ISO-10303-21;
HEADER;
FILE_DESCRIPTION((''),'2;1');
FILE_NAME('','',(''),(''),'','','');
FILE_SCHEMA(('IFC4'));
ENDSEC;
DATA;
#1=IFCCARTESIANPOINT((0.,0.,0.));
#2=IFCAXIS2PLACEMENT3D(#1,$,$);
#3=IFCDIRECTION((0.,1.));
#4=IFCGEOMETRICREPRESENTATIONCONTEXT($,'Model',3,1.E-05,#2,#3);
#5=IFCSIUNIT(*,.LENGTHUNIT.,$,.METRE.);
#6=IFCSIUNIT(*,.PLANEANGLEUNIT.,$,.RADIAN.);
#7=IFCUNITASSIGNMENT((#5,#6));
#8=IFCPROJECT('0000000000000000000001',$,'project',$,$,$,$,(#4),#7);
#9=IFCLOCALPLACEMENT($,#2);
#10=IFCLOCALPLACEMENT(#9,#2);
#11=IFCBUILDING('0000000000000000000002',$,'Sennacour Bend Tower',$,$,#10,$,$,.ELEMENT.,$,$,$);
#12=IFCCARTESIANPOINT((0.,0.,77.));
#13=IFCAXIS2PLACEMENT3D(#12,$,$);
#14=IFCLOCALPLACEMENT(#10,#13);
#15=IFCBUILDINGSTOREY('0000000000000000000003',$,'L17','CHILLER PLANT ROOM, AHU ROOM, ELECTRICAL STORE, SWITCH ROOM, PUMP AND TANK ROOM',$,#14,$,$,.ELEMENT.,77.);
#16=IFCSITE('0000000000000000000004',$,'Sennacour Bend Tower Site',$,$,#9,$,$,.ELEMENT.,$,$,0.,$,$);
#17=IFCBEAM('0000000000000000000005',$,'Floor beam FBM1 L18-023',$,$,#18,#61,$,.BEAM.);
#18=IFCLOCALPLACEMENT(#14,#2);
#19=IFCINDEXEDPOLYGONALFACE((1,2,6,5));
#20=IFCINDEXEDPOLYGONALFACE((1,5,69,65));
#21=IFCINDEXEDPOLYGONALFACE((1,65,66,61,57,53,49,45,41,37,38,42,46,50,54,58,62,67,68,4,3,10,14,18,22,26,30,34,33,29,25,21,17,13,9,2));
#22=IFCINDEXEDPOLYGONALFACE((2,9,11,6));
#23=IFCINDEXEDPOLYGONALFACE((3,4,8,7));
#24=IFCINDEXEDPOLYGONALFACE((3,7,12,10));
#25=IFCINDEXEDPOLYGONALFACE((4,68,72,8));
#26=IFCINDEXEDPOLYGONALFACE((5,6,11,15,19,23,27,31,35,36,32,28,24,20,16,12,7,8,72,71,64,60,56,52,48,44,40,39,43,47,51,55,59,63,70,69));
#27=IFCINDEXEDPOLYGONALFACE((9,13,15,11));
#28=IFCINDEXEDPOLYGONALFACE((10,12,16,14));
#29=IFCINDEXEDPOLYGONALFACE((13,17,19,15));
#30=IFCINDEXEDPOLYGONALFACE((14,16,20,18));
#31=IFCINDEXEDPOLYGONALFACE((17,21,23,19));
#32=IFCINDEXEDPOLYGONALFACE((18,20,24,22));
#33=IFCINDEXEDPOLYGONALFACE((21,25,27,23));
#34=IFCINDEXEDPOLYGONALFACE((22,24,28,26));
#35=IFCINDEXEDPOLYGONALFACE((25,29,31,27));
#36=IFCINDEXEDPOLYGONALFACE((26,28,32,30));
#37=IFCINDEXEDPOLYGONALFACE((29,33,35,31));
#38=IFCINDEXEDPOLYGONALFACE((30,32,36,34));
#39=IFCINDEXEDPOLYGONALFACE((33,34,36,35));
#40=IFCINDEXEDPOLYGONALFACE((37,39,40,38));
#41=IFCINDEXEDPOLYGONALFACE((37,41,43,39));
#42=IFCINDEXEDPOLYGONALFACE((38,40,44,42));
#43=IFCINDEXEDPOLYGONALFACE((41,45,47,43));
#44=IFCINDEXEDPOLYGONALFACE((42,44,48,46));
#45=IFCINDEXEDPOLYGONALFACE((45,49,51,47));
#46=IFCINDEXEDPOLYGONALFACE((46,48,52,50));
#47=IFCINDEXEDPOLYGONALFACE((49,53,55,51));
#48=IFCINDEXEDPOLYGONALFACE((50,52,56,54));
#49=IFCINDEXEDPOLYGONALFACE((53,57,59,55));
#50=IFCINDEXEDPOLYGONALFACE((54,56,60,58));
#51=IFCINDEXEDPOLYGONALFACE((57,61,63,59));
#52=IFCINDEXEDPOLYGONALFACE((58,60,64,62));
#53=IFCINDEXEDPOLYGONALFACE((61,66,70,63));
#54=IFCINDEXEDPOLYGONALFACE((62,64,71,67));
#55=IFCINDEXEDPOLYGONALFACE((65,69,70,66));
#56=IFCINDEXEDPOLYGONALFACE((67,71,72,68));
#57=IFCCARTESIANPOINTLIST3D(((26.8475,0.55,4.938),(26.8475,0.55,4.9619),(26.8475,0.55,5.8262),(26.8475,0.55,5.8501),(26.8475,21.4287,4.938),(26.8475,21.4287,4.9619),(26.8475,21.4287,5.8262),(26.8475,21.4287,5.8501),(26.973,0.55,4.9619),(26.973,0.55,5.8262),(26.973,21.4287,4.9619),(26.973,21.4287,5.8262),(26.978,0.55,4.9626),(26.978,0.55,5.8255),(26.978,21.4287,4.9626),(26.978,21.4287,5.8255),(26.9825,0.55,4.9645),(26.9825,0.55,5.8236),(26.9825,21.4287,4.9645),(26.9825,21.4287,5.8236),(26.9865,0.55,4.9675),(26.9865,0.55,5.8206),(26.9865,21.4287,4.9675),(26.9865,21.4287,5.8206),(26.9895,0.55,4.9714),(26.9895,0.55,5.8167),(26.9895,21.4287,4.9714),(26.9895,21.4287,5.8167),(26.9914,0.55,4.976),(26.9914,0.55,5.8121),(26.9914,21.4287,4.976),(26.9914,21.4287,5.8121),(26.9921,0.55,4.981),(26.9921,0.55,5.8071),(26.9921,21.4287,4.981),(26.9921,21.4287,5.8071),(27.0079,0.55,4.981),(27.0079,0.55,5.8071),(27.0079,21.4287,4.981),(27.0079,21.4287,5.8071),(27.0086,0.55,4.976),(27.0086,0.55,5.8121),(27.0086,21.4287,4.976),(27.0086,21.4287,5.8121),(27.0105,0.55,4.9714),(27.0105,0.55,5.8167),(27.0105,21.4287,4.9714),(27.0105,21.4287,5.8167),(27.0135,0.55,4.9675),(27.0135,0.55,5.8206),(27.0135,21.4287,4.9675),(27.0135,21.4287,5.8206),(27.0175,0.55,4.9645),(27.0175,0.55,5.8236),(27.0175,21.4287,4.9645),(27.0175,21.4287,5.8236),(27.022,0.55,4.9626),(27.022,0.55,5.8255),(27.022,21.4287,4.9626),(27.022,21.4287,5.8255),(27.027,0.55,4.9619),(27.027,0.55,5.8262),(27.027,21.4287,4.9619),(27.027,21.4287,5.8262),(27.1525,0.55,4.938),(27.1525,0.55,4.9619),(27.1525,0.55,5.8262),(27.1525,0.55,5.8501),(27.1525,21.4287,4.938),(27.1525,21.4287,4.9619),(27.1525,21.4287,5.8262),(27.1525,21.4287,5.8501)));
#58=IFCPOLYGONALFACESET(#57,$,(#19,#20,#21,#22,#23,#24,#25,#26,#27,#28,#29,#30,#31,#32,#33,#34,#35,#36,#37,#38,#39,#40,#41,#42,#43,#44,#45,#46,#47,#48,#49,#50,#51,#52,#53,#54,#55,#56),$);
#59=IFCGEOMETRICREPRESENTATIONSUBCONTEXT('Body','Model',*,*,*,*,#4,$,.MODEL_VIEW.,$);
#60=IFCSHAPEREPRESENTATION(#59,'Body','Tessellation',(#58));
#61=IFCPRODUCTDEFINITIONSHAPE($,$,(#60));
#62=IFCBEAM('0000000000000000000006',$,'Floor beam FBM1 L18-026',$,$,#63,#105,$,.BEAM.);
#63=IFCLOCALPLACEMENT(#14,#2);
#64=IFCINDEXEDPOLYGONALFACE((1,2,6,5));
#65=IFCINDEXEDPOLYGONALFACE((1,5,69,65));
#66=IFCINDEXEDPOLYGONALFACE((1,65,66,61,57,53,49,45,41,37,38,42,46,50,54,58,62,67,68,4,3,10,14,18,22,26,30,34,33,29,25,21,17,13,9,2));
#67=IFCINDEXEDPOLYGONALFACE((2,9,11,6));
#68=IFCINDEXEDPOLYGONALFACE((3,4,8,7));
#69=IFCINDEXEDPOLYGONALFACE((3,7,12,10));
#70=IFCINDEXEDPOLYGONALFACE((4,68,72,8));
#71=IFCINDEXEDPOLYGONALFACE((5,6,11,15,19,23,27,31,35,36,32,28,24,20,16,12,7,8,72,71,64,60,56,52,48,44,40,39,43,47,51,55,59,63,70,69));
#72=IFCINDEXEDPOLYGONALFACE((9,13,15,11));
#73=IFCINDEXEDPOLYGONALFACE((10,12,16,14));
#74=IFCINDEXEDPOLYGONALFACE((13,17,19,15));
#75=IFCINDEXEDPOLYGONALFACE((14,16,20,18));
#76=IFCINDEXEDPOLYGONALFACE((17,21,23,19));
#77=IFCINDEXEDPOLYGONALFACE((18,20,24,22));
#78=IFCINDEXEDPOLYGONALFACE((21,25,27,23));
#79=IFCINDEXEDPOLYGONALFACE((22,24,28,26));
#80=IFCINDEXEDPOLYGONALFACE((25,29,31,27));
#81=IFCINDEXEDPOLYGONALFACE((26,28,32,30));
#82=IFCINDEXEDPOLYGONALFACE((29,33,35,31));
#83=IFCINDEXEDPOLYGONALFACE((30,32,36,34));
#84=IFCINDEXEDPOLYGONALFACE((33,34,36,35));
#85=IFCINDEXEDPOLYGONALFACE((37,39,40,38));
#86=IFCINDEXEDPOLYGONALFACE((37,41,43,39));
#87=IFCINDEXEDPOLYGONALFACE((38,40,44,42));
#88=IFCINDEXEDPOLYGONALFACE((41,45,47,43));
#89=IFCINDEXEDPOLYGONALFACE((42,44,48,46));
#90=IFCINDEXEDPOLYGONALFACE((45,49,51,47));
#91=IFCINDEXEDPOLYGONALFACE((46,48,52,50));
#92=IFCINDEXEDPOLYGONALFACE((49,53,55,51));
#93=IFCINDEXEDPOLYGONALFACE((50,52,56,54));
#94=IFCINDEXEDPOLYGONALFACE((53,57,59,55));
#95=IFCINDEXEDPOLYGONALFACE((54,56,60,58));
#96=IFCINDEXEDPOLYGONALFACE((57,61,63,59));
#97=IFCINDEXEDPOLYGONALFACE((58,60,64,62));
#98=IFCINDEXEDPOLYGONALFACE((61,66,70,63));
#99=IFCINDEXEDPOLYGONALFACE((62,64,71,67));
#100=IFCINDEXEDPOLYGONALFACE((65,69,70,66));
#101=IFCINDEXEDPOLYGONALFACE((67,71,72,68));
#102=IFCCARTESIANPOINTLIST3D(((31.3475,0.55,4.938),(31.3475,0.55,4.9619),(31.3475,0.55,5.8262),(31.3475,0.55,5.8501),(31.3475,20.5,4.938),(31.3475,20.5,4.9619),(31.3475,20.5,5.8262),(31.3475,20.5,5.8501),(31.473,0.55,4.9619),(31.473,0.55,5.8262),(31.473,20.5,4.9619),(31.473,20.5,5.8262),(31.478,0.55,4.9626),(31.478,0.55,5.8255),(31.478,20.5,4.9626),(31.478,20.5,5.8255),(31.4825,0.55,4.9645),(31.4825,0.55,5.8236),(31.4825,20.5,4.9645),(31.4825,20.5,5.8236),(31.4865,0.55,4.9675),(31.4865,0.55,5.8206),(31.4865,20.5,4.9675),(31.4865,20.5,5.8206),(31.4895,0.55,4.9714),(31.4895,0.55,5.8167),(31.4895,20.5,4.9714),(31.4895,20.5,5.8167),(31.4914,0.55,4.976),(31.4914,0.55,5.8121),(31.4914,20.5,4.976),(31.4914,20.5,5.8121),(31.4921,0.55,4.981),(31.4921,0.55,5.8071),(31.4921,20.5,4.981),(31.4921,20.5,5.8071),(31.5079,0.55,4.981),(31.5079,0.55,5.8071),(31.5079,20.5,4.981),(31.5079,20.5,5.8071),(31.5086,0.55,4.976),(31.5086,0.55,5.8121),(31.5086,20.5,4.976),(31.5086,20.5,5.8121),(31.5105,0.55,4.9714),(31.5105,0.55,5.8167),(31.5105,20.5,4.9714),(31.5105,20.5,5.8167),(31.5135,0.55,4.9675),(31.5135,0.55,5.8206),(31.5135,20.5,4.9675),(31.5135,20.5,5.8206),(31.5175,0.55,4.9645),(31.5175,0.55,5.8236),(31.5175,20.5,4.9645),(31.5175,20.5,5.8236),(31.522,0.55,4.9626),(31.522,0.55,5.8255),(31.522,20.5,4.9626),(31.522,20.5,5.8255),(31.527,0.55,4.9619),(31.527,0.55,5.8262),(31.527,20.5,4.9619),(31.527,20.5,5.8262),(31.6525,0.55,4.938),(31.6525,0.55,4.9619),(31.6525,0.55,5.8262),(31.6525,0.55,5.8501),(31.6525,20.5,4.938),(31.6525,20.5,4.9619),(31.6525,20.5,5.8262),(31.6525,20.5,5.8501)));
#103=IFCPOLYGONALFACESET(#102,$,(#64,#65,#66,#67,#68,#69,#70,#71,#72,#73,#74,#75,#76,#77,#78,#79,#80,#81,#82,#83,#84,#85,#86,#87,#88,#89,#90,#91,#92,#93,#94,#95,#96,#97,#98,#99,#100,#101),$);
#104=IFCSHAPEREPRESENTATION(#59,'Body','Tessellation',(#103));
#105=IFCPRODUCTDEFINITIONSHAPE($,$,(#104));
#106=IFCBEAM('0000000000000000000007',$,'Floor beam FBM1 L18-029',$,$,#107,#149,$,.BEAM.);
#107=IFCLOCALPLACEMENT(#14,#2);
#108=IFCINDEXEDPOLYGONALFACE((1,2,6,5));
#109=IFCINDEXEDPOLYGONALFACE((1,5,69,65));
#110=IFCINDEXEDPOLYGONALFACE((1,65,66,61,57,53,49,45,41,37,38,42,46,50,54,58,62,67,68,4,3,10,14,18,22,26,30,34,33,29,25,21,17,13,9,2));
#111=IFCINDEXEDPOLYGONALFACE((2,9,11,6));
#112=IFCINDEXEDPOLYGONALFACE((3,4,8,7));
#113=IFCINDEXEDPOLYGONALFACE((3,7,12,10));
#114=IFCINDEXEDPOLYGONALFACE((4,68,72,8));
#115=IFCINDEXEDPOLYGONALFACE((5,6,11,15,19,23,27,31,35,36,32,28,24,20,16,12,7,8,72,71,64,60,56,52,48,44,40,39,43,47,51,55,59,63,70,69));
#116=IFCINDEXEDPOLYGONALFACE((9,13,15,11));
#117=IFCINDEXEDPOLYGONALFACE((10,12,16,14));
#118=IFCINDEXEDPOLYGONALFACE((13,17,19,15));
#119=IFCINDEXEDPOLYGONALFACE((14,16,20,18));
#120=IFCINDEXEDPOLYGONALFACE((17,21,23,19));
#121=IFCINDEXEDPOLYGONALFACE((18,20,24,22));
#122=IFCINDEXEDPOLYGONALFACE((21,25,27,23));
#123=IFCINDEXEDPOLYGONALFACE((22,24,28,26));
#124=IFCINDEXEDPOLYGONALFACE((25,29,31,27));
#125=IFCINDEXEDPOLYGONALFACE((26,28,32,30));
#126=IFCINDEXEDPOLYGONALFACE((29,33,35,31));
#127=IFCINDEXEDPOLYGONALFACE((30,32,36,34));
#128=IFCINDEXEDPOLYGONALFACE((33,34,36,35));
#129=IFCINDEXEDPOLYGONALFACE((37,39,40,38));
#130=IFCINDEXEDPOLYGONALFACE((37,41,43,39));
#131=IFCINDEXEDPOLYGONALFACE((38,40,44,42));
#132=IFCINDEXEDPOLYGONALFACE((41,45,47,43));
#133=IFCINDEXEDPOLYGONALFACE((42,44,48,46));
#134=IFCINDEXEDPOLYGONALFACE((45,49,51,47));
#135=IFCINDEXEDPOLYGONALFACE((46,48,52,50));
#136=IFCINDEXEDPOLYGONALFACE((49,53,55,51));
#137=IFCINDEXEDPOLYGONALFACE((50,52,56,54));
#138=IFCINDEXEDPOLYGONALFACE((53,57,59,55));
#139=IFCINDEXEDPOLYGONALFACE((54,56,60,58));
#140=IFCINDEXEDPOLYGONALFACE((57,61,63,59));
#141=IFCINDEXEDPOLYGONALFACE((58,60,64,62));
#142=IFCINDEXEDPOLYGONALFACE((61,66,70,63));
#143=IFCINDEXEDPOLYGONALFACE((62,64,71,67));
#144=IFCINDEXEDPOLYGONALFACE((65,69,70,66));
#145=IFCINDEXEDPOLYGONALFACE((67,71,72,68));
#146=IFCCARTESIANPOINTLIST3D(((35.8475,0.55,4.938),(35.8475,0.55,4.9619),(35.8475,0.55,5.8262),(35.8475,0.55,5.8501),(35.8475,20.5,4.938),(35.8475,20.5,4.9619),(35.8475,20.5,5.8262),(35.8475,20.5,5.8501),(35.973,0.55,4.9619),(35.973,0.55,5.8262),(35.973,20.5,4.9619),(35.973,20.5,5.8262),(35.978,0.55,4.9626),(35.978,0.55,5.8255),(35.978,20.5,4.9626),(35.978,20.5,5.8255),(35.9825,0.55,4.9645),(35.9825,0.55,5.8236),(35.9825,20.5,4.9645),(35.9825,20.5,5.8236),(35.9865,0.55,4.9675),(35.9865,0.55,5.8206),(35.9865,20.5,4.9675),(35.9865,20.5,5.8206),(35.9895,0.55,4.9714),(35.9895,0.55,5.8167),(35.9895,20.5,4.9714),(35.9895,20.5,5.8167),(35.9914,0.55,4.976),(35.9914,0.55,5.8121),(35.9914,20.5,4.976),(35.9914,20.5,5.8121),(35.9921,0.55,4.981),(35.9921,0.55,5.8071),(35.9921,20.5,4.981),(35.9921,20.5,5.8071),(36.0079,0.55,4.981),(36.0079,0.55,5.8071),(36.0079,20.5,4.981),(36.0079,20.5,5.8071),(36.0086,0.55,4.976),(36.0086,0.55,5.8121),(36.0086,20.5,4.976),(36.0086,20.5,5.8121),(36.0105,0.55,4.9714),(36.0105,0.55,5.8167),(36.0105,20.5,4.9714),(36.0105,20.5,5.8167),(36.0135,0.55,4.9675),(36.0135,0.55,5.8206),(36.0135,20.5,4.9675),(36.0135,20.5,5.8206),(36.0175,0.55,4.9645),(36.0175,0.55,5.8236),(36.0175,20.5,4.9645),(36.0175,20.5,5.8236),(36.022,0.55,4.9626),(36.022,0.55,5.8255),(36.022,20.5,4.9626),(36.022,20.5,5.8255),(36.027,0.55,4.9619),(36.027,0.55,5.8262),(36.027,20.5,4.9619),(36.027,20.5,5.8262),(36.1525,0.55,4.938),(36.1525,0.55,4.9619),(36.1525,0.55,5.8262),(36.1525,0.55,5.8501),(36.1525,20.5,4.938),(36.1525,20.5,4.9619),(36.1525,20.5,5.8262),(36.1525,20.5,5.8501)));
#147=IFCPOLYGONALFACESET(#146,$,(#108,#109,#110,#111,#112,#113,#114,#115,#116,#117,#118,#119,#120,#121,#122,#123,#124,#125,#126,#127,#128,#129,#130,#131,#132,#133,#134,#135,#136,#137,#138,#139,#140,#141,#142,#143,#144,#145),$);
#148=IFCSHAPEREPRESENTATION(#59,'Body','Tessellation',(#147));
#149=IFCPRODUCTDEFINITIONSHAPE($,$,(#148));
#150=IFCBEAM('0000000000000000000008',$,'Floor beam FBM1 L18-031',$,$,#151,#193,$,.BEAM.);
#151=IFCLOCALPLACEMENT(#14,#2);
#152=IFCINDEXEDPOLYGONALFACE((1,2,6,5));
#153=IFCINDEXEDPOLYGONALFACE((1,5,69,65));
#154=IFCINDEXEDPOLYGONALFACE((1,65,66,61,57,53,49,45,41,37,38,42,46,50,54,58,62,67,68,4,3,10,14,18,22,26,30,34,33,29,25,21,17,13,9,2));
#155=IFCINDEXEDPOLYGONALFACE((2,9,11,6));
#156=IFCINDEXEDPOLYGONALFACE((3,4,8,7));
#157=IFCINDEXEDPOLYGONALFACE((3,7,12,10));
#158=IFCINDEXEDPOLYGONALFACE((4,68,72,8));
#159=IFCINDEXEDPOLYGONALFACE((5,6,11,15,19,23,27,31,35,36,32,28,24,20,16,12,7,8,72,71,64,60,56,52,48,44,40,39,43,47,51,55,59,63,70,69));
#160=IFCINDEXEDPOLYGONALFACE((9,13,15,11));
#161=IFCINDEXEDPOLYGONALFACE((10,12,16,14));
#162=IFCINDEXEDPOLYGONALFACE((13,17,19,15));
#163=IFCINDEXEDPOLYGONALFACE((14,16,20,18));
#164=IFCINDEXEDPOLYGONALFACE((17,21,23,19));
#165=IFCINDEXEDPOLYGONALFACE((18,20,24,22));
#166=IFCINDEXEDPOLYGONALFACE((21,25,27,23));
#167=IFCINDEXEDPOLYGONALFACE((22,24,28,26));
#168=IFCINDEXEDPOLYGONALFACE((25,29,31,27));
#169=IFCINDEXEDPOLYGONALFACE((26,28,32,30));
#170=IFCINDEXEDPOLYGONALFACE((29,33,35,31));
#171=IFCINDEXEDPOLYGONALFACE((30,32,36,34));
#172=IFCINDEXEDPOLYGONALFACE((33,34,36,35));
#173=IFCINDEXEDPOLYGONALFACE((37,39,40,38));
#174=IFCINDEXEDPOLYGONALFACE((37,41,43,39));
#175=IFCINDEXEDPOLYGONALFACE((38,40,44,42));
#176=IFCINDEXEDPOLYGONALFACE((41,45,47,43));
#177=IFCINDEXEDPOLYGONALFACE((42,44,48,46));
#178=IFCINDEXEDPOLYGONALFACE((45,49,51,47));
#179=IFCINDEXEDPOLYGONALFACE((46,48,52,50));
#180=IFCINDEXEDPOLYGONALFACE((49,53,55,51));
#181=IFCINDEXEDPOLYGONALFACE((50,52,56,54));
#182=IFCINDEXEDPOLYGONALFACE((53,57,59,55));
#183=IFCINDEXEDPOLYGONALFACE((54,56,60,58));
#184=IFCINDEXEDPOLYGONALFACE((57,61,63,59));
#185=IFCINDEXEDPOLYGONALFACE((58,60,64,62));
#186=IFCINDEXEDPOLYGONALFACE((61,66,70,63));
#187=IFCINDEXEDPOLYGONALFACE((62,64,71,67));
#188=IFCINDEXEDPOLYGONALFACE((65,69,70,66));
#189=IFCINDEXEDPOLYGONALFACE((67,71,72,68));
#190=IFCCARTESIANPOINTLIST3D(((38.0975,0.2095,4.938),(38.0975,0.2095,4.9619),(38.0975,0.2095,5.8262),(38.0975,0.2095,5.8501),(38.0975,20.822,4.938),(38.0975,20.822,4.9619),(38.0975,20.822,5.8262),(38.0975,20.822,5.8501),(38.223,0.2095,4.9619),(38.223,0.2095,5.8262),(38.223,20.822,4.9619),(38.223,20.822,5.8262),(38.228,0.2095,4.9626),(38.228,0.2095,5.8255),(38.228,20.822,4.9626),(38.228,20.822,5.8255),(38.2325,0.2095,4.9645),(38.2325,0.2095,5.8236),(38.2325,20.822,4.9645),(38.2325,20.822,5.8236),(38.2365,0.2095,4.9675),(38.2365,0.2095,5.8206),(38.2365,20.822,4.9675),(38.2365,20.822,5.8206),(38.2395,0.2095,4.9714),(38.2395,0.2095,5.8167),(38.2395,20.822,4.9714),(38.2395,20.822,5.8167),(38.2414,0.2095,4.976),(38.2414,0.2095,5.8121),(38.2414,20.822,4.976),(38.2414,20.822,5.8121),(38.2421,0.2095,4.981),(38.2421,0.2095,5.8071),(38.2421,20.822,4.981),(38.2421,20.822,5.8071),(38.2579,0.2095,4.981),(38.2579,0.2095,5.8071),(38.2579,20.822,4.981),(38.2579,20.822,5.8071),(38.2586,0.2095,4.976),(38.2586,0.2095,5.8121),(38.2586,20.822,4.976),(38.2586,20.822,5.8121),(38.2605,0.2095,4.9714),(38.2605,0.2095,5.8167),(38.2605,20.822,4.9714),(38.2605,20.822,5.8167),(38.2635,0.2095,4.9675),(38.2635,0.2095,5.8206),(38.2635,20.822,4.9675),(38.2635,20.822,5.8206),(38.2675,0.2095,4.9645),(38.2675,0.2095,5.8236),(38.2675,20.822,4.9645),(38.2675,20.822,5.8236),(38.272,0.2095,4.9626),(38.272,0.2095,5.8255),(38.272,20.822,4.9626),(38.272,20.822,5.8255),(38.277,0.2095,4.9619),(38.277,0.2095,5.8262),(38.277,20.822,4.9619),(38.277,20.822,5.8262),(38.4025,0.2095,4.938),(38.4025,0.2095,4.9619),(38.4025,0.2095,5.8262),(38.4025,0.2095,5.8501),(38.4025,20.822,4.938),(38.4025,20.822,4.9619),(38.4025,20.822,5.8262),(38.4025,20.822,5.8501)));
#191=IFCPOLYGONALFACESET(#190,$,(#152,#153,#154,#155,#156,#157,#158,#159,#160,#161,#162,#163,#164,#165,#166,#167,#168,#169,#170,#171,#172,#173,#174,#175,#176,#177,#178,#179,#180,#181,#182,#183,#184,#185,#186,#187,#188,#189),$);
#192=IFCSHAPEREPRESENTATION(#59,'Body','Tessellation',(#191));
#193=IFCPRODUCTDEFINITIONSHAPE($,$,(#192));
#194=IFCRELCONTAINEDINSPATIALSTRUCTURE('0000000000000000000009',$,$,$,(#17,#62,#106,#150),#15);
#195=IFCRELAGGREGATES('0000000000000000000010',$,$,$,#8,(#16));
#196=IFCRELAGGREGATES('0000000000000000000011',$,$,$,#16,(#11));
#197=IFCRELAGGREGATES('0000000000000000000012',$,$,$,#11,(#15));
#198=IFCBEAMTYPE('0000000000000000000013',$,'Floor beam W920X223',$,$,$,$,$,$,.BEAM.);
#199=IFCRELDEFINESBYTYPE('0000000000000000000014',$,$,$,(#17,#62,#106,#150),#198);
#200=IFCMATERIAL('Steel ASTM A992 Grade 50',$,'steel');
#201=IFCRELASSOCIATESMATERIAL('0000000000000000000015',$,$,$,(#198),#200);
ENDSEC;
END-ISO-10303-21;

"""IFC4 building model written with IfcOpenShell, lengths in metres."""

from ifc_helpers import new_model, si_unit, direction, frame, origin, origin_2d, place, context, subcontext, project, spatial, i_section, extrude, material, material_profile, profile_set, type_object, element, save


model = new_model("IFC4")

# Units and contexts
model_context = context("Model", 3, precision=1e-05, world=origin(), true_north=direction((0.0, 1.0)))
body_context = subcontext(model_context, "Body", "Model", "MODEL_VIEW")
ifc_project = project(units=[si_unit("LENGTHUNIT", "METRE"), si_unit("PLANEANGLEUNIT", "RADIAN")], contexts=[model_context])

# Site, building, storey
site_placement = place(None, origin())
site = spatial("IfcSite", under=ifc_project, at=site_placement, Name="Sennacour Bend Tower Site", CompositionType="ELEMENT", RefElevation=0.0)
building_placement = place(site_placement, origin())
building = spatial("IfcBuilding", under=site, at=building_placement, Name="Sennacour Bend Tower", CompositionType="ELEMENT")
storey_placement = place(building_placement, frame((0.0, 0.0, 77.0)))
storey = spatial("IfcBuildingStorey", under=building, at=storey_placement, Name="L17", Description="CHILLER PLANT ROOM, AHU ROOM, ELECTRICAL STORE, SWITCH ROOM, PUMP AND TANK ROOM", CompositionType="ELEMENT", Elevation=77.0)

# Beams
ifc_material_1 = material(Name="Steel ASTM A992 Grade 50", Category="steel")
ifc_material_profile = material_profile(ifc_material_1, i_section(OverallWidth=0.3049, OverallDepth=0.9121, WebThickness=0.0159, FlangeThickness=0.0239, FilletRadius=0.019, at=origin_2d()), Name="Steel ASTM A992 Grade 50", Category="steel")
ifc_profile_set = profile_set([ifc_material_profile], Name="Steel ASTM A992 Grade 50")
beam_type = type_object("IfcBeamType", Name="Floor beam W920X223", PredefinedType="BEAM", material=ifc_profile_set)
beam_1_placement = place(storey_placement, frame((27.0, 0.55, 5.394), z_axis=(0.0, 1.0, 0.0), x_axis=(-1.0, 0.0, 0.0)))
element("IfcBeam", 1, at=beam_1_placement, inside=storey, type_object=beam_type, Name="Floor beam FBM1 L18-023", PredefinedType="BEAM", context=body_context, shape_type="SweptSolid", body=[
    extrude(i_section(OverallWidth=0.3049, OverallDepth=0.9121, WebThickness=0.0159, FlangeThickness=0.0239, FilletRadius=0.019, at=origin_2d()), origin(), (0.0, 0.0, 1.0), 20.8787),
])
for number, where, z_axis, x_axis, name in (
    (2, (31.5, 0.55, 5.394), (0.0, 1.0, 0.0), (-1.0, 0.0, 0.0), "Floor beam FBM1 L18-026"),
    (3, (36.0, 0.55, 5.394), (0.0, 1.0, 0.0), (-1.0, 0.0, 0.0), "Floor beam FBM1 L18-029"),
):
    element("IfcBeam", number, at=place(storey_placement, frame(where, z_axis=z_axis, x_axis=x_axis)), inside=storey, type_object=beam_type, Name=name, PredefinedType="BEAM", context=body_context, shape_type="SweptSolid", body=[
        extrude(i_section(OverallWidth=0.3049, OverallDepth=0.9121, WebThickness=0.0159, FlangeThickness=0.0239, FilletRadius=0.019, at=origin_2d()), origin(), (0.0, 0.0, 1.0), 19.95),
    ])
beam_2_placement = place(storey_placement, frame((38.25, 0.2095, 5.394), z_axis=(0.0, 1.0, 0.0), x_axis=(-1.0, 0.0, 0.0)))
element("IfcBeam", 4, at=beam_2_placement, inside=storey, type_object=beam_type, Name="Floor beam FBM1 L18-031", PredefinedType="BEAM", context=body_context, shape_type="SweptSolid", body=[
    extrude(i_section(OverallWidth=0.3049, OverallDepth=0.9121, WebThickness=0.0159, FlangeThickness=0.0239, FilletRadius=0.019, at=origin_2d()), origin(), (0.0, 0.0, 1.0), 20.6125),
])

save(model, "model.ifc")
